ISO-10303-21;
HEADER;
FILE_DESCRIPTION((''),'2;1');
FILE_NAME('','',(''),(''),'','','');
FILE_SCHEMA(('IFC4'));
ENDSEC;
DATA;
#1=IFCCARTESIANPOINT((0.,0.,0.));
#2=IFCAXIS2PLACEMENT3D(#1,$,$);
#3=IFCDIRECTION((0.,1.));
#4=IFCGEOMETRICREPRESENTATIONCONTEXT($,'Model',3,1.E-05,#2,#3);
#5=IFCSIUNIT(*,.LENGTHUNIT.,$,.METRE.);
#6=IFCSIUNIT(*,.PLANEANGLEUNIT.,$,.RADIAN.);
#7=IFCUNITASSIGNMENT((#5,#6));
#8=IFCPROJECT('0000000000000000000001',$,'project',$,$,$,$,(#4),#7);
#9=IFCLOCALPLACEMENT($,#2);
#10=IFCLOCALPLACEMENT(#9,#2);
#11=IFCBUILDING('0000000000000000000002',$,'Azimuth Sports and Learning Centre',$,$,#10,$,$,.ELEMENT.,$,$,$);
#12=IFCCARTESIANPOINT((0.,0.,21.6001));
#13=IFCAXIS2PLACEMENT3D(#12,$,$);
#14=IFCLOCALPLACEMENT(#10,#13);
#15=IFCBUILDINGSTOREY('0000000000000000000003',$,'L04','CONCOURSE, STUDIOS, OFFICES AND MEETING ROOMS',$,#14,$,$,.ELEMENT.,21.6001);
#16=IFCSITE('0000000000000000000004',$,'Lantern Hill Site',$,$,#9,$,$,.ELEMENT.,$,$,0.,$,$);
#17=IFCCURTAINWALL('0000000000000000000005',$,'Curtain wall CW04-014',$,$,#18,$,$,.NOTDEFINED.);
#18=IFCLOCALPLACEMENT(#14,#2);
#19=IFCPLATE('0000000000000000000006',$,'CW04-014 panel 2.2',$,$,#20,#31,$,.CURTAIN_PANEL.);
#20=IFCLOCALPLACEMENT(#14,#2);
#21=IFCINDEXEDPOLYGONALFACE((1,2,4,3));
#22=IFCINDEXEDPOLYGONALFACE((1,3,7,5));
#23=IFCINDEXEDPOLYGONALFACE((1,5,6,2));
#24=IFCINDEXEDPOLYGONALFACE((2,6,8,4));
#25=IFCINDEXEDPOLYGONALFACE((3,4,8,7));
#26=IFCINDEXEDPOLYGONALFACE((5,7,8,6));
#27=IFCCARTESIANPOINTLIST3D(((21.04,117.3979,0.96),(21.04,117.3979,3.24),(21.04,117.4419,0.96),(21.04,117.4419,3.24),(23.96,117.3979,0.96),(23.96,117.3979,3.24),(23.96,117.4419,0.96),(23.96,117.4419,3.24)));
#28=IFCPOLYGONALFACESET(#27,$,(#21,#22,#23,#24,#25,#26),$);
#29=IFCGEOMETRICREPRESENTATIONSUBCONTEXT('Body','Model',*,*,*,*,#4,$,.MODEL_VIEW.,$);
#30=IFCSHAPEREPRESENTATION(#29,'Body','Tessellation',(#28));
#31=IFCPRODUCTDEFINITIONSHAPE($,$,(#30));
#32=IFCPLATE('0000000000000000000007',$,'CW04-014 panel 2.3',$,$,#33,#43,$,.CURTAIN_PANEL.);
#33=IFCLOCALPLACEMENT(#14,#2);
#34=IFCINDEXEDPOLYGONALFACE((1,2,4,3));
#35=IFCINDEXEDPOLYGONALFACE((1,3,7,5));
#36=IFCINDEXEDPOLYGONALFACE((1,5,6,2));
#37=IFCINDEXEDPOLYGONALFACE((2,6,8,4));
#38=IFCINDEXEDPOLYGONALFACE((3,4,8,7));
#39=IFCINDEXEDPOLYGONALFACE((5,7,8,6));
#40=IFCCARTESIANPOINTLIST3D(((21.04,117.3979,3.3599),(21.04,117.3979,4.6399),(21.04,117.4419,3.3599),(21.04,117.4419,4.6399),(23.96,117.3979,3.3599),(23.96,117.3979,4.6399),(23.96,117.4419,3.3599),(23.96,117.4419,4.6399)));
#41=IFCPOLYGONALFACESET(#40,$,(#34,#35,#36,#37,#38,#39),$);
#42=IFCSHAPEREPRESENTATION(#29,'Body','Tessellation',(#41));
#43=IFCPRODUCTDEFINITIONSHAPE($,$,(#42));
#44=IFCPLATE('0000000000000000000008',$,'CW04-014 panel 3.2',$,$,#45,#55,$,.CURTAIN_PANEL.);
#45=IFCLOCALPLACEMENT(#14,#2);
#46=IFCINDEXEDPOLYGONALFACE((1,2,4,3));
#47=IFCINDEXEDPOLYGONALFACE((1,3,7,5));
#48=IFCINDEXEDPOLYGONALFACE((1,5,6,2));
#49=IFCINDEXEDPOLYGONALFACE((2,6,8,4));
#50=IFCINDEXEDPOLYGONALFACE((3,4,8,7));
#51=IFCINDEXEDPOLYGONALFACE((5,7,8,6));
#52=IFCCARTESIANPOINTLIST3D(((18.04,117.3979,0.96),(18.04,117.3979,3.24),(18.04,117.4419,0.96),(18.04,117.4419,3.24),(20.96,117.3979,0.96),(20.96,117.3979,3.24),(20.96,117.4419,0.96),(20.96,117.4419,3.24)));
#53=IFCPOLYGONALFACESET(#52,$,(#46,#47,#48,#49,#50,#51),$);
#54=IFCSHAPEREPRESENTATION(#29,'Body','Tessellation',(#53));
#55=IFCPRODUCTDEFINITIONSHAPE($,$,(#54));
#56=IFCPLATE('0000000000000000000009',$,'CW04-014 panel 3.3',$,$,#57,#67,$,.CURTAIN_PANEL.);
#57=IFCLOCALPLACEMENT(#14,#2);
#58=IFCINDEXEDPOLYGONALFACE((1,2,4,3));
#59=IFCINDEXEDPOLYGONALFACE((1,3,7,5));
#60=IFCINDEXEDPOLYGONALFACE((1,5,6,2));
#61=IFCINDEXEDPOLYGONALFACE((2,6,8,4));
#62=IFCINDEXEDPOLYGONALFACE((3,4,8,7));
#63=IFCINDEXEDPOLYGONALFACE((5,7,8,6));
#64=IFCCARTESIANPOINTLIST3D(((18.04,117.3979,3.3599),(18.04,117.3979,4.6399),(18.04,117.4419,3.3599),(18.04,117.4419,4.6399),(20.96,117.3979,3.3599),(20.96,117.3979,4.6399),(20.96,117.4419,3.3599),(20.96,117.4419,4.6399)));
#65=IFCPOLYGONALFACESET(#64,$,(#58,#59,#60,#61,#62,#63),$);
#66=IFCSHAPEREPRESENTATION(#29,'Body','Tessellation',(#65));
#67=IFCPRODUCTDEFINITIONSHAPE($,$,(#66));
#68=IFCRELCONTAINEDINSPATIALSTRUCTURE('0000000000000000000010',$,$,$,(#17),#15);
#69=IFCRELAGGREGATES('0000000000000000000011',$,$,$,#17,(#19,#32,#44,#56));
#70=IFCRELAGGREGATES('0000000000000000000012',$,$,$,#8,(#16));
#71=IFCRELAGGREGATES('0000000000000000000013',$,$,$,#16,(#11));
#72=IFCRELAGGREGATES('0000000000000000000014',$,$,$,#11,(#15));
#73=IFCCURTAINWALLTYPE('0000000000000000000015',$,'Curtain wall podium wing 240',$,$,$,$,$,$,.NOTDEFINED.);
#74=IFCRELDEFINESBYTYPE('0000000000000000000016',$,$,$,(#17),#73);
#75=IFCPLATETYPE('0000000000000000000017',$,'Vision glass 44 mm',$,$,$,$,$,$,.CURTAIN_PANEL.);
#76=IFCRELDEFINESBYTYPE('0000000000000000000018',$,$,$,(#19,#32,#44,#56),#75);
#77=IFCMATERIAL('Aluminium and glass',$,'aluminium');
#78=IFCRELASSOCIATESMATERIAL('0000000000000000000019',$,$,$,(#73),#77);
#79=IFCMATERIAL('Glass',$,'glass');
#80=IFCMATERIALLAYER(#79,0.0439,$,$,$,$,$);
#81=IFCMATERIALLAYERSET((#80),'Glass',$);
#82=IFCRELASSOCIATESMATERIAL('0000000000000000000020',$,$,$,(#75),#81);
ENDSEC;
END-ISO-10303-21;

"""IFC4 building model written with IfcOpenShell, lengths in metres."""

from ifc_helpers import new_model, si_unit, direction, frame, origin, origin_2d, place, context, subcontext, project, spatial, rectangle, extrude, material, layer, layer_set, type_object, element, aggregate, save


model = new_model("IFC4")

# Units and contexts
model_context = context("Model", 3, precision=1e-05, world=origin(), true_north=direction((0.0, 1.0)))
body_context = subcontext(model_context, "Body", "Model", "MODEL_VIEW")
ifc_project = project(units=[si_unit("LENGTHUNIT", "METRE"), si_unit("PLANEANGLEUNIT", "RADIAN")], contexts=[model_context])

# Site, building, storey
site_placement = place(None, origin())
site = spatial("IfcSite", under=ifc_project, at=site_placement, Name="Lantern Hill Site", CompositionType="ELEMENT", RefElevation=0.0)
building_placement = place(site_placement, origin())
building = spatial("IfcBuilding", under=site, at=building_placement, Name="Azimuth Sports and Learning Centre", CompositionType="ELEMENT")
storey_placement = place(building_placement, frame((0.0, 0.0, 21.6001)))
storey = spatial("IfcBuildingStorey", under=building, at=storey_placement, Name="L04", Description="CONCOURSE, STUDIOS, OFFICES AND MEETING ROOMS", CompositionType="ELEMENT", Elevation=21.6001)

# Curtain wall, plates
ifc_material_1 = material(Name="Aluminium and glass", Category="aluminium")
curtain_wall_type = type_object("IfcCurtainWallType", Name="Curtain wall podium wing 240", PredefinedType="NOTDEFINED", material=ifc_material_1)
curtain_wall_placement = place(storey_placement, origin())
curtain_wall = element("IfcCurtainWall", 1, at=curtain_wall_placement, inside=storey, type_object=curtain_wall_type, Name="Curtain wall CW04-014", PredefinedType="NOTDEFINED")
ifc_material_2 = material(Name="Glass", Category="glass")
ifc_layer_1 = layer(ifc_material_2, 0.0439)
ifc_layer_set_1 = layer_set([ifc_layer_1], Name="Glass")
plate_type_1 = type_object("IfcPlateType", Name="Vision glass 44 mm", PredefinedType="CURTAIN_PANEL", material=ifc_layer_set_1)
plate_1_placement = place(storey_placement, frame((22.5, 117.4199, 0.96), z_axis=(0.0, 0.0, 1.0), x_axis=(-1.0, 0.0, 0.0)))
plate_1 = element("IfcPlate", 2, at=plate_1_placement, type_object=plate_type_1, Name="CW04-014 panel 2.2", PredefinedType="CURTAIN_PANEL", context=body_context, shape_type="SweptSolid", body=[
    extrude(rectangle(XDim=2.9199, YDim=0.0439, at=origin_2d()), origin(), (0.0, 0.0, 1.0), 2.28),
])
plate_2_placement = place(storey_placement, frame((22.5, 117.4199, 3.3599), z_axis=(0.0, 0.0, 1.0), x_axis=(-1.0, 0.0, 0.0)))
plate_2 = element("IfcPlate", 3, at=plate_2_placement, type_object=plate_type_1, Name="CW04-014 panel 2.3", PredefinedType="CURTAIN_PANEL", context=body_context, shape_type="SweptSolid", body=[
    extrude(rectangle(XDim=2.9199, YDim=0.0439, at=origin_2d()), origin(), (0.0, 0.0, 1.0), 1.28),
])
plate_3_placement = place(storey_placement, frame((19.5, 117.4199, 0.96), z_axis=(0.0, 0.0, 1.0), x_axis=(-1.0, 0.0, 0.0)))
plate_3 = element("IfcPlate", 4, at=plate_3_placement, type_object=plate_type_1, Name="CW04-014 panel 3.2", PredefinedType="CURTAIN_PANEL", context=body_context, shape_type="SweptSolid", body=[
    extrude(rectangle(XDim=2.9199, YDim=0.0439, at=origin_2d()), origin(), (0.0, 0.0, 1.0), 2.28),
])
plate_4_placement = place(storey_placement, frame((19.5, 117.4199, 3.3599), z_axis=(0.0, 0.0, 1.0), x_axis=(-1.0, 0.0, 0.0)))
plate_4 = element("IfcPlate", 5, at=plate_4_placement, type_object=plate_type_1, Name="CW04-014 panel 3.3", PredefinedType="CURTAIN_PANEL", context=body_context, shape_type="SweptSolid", body=[
    extrude(rectangle(XDim=2.9199, YDim=0.0439, at=origin_2d()), origin(), (0.0, 0.0, 1.0), 1.28),
])
aggregate(curtain_wall, [plate_1, plate_2, plate_3, plate_4])

save(model, "model.ifc")
